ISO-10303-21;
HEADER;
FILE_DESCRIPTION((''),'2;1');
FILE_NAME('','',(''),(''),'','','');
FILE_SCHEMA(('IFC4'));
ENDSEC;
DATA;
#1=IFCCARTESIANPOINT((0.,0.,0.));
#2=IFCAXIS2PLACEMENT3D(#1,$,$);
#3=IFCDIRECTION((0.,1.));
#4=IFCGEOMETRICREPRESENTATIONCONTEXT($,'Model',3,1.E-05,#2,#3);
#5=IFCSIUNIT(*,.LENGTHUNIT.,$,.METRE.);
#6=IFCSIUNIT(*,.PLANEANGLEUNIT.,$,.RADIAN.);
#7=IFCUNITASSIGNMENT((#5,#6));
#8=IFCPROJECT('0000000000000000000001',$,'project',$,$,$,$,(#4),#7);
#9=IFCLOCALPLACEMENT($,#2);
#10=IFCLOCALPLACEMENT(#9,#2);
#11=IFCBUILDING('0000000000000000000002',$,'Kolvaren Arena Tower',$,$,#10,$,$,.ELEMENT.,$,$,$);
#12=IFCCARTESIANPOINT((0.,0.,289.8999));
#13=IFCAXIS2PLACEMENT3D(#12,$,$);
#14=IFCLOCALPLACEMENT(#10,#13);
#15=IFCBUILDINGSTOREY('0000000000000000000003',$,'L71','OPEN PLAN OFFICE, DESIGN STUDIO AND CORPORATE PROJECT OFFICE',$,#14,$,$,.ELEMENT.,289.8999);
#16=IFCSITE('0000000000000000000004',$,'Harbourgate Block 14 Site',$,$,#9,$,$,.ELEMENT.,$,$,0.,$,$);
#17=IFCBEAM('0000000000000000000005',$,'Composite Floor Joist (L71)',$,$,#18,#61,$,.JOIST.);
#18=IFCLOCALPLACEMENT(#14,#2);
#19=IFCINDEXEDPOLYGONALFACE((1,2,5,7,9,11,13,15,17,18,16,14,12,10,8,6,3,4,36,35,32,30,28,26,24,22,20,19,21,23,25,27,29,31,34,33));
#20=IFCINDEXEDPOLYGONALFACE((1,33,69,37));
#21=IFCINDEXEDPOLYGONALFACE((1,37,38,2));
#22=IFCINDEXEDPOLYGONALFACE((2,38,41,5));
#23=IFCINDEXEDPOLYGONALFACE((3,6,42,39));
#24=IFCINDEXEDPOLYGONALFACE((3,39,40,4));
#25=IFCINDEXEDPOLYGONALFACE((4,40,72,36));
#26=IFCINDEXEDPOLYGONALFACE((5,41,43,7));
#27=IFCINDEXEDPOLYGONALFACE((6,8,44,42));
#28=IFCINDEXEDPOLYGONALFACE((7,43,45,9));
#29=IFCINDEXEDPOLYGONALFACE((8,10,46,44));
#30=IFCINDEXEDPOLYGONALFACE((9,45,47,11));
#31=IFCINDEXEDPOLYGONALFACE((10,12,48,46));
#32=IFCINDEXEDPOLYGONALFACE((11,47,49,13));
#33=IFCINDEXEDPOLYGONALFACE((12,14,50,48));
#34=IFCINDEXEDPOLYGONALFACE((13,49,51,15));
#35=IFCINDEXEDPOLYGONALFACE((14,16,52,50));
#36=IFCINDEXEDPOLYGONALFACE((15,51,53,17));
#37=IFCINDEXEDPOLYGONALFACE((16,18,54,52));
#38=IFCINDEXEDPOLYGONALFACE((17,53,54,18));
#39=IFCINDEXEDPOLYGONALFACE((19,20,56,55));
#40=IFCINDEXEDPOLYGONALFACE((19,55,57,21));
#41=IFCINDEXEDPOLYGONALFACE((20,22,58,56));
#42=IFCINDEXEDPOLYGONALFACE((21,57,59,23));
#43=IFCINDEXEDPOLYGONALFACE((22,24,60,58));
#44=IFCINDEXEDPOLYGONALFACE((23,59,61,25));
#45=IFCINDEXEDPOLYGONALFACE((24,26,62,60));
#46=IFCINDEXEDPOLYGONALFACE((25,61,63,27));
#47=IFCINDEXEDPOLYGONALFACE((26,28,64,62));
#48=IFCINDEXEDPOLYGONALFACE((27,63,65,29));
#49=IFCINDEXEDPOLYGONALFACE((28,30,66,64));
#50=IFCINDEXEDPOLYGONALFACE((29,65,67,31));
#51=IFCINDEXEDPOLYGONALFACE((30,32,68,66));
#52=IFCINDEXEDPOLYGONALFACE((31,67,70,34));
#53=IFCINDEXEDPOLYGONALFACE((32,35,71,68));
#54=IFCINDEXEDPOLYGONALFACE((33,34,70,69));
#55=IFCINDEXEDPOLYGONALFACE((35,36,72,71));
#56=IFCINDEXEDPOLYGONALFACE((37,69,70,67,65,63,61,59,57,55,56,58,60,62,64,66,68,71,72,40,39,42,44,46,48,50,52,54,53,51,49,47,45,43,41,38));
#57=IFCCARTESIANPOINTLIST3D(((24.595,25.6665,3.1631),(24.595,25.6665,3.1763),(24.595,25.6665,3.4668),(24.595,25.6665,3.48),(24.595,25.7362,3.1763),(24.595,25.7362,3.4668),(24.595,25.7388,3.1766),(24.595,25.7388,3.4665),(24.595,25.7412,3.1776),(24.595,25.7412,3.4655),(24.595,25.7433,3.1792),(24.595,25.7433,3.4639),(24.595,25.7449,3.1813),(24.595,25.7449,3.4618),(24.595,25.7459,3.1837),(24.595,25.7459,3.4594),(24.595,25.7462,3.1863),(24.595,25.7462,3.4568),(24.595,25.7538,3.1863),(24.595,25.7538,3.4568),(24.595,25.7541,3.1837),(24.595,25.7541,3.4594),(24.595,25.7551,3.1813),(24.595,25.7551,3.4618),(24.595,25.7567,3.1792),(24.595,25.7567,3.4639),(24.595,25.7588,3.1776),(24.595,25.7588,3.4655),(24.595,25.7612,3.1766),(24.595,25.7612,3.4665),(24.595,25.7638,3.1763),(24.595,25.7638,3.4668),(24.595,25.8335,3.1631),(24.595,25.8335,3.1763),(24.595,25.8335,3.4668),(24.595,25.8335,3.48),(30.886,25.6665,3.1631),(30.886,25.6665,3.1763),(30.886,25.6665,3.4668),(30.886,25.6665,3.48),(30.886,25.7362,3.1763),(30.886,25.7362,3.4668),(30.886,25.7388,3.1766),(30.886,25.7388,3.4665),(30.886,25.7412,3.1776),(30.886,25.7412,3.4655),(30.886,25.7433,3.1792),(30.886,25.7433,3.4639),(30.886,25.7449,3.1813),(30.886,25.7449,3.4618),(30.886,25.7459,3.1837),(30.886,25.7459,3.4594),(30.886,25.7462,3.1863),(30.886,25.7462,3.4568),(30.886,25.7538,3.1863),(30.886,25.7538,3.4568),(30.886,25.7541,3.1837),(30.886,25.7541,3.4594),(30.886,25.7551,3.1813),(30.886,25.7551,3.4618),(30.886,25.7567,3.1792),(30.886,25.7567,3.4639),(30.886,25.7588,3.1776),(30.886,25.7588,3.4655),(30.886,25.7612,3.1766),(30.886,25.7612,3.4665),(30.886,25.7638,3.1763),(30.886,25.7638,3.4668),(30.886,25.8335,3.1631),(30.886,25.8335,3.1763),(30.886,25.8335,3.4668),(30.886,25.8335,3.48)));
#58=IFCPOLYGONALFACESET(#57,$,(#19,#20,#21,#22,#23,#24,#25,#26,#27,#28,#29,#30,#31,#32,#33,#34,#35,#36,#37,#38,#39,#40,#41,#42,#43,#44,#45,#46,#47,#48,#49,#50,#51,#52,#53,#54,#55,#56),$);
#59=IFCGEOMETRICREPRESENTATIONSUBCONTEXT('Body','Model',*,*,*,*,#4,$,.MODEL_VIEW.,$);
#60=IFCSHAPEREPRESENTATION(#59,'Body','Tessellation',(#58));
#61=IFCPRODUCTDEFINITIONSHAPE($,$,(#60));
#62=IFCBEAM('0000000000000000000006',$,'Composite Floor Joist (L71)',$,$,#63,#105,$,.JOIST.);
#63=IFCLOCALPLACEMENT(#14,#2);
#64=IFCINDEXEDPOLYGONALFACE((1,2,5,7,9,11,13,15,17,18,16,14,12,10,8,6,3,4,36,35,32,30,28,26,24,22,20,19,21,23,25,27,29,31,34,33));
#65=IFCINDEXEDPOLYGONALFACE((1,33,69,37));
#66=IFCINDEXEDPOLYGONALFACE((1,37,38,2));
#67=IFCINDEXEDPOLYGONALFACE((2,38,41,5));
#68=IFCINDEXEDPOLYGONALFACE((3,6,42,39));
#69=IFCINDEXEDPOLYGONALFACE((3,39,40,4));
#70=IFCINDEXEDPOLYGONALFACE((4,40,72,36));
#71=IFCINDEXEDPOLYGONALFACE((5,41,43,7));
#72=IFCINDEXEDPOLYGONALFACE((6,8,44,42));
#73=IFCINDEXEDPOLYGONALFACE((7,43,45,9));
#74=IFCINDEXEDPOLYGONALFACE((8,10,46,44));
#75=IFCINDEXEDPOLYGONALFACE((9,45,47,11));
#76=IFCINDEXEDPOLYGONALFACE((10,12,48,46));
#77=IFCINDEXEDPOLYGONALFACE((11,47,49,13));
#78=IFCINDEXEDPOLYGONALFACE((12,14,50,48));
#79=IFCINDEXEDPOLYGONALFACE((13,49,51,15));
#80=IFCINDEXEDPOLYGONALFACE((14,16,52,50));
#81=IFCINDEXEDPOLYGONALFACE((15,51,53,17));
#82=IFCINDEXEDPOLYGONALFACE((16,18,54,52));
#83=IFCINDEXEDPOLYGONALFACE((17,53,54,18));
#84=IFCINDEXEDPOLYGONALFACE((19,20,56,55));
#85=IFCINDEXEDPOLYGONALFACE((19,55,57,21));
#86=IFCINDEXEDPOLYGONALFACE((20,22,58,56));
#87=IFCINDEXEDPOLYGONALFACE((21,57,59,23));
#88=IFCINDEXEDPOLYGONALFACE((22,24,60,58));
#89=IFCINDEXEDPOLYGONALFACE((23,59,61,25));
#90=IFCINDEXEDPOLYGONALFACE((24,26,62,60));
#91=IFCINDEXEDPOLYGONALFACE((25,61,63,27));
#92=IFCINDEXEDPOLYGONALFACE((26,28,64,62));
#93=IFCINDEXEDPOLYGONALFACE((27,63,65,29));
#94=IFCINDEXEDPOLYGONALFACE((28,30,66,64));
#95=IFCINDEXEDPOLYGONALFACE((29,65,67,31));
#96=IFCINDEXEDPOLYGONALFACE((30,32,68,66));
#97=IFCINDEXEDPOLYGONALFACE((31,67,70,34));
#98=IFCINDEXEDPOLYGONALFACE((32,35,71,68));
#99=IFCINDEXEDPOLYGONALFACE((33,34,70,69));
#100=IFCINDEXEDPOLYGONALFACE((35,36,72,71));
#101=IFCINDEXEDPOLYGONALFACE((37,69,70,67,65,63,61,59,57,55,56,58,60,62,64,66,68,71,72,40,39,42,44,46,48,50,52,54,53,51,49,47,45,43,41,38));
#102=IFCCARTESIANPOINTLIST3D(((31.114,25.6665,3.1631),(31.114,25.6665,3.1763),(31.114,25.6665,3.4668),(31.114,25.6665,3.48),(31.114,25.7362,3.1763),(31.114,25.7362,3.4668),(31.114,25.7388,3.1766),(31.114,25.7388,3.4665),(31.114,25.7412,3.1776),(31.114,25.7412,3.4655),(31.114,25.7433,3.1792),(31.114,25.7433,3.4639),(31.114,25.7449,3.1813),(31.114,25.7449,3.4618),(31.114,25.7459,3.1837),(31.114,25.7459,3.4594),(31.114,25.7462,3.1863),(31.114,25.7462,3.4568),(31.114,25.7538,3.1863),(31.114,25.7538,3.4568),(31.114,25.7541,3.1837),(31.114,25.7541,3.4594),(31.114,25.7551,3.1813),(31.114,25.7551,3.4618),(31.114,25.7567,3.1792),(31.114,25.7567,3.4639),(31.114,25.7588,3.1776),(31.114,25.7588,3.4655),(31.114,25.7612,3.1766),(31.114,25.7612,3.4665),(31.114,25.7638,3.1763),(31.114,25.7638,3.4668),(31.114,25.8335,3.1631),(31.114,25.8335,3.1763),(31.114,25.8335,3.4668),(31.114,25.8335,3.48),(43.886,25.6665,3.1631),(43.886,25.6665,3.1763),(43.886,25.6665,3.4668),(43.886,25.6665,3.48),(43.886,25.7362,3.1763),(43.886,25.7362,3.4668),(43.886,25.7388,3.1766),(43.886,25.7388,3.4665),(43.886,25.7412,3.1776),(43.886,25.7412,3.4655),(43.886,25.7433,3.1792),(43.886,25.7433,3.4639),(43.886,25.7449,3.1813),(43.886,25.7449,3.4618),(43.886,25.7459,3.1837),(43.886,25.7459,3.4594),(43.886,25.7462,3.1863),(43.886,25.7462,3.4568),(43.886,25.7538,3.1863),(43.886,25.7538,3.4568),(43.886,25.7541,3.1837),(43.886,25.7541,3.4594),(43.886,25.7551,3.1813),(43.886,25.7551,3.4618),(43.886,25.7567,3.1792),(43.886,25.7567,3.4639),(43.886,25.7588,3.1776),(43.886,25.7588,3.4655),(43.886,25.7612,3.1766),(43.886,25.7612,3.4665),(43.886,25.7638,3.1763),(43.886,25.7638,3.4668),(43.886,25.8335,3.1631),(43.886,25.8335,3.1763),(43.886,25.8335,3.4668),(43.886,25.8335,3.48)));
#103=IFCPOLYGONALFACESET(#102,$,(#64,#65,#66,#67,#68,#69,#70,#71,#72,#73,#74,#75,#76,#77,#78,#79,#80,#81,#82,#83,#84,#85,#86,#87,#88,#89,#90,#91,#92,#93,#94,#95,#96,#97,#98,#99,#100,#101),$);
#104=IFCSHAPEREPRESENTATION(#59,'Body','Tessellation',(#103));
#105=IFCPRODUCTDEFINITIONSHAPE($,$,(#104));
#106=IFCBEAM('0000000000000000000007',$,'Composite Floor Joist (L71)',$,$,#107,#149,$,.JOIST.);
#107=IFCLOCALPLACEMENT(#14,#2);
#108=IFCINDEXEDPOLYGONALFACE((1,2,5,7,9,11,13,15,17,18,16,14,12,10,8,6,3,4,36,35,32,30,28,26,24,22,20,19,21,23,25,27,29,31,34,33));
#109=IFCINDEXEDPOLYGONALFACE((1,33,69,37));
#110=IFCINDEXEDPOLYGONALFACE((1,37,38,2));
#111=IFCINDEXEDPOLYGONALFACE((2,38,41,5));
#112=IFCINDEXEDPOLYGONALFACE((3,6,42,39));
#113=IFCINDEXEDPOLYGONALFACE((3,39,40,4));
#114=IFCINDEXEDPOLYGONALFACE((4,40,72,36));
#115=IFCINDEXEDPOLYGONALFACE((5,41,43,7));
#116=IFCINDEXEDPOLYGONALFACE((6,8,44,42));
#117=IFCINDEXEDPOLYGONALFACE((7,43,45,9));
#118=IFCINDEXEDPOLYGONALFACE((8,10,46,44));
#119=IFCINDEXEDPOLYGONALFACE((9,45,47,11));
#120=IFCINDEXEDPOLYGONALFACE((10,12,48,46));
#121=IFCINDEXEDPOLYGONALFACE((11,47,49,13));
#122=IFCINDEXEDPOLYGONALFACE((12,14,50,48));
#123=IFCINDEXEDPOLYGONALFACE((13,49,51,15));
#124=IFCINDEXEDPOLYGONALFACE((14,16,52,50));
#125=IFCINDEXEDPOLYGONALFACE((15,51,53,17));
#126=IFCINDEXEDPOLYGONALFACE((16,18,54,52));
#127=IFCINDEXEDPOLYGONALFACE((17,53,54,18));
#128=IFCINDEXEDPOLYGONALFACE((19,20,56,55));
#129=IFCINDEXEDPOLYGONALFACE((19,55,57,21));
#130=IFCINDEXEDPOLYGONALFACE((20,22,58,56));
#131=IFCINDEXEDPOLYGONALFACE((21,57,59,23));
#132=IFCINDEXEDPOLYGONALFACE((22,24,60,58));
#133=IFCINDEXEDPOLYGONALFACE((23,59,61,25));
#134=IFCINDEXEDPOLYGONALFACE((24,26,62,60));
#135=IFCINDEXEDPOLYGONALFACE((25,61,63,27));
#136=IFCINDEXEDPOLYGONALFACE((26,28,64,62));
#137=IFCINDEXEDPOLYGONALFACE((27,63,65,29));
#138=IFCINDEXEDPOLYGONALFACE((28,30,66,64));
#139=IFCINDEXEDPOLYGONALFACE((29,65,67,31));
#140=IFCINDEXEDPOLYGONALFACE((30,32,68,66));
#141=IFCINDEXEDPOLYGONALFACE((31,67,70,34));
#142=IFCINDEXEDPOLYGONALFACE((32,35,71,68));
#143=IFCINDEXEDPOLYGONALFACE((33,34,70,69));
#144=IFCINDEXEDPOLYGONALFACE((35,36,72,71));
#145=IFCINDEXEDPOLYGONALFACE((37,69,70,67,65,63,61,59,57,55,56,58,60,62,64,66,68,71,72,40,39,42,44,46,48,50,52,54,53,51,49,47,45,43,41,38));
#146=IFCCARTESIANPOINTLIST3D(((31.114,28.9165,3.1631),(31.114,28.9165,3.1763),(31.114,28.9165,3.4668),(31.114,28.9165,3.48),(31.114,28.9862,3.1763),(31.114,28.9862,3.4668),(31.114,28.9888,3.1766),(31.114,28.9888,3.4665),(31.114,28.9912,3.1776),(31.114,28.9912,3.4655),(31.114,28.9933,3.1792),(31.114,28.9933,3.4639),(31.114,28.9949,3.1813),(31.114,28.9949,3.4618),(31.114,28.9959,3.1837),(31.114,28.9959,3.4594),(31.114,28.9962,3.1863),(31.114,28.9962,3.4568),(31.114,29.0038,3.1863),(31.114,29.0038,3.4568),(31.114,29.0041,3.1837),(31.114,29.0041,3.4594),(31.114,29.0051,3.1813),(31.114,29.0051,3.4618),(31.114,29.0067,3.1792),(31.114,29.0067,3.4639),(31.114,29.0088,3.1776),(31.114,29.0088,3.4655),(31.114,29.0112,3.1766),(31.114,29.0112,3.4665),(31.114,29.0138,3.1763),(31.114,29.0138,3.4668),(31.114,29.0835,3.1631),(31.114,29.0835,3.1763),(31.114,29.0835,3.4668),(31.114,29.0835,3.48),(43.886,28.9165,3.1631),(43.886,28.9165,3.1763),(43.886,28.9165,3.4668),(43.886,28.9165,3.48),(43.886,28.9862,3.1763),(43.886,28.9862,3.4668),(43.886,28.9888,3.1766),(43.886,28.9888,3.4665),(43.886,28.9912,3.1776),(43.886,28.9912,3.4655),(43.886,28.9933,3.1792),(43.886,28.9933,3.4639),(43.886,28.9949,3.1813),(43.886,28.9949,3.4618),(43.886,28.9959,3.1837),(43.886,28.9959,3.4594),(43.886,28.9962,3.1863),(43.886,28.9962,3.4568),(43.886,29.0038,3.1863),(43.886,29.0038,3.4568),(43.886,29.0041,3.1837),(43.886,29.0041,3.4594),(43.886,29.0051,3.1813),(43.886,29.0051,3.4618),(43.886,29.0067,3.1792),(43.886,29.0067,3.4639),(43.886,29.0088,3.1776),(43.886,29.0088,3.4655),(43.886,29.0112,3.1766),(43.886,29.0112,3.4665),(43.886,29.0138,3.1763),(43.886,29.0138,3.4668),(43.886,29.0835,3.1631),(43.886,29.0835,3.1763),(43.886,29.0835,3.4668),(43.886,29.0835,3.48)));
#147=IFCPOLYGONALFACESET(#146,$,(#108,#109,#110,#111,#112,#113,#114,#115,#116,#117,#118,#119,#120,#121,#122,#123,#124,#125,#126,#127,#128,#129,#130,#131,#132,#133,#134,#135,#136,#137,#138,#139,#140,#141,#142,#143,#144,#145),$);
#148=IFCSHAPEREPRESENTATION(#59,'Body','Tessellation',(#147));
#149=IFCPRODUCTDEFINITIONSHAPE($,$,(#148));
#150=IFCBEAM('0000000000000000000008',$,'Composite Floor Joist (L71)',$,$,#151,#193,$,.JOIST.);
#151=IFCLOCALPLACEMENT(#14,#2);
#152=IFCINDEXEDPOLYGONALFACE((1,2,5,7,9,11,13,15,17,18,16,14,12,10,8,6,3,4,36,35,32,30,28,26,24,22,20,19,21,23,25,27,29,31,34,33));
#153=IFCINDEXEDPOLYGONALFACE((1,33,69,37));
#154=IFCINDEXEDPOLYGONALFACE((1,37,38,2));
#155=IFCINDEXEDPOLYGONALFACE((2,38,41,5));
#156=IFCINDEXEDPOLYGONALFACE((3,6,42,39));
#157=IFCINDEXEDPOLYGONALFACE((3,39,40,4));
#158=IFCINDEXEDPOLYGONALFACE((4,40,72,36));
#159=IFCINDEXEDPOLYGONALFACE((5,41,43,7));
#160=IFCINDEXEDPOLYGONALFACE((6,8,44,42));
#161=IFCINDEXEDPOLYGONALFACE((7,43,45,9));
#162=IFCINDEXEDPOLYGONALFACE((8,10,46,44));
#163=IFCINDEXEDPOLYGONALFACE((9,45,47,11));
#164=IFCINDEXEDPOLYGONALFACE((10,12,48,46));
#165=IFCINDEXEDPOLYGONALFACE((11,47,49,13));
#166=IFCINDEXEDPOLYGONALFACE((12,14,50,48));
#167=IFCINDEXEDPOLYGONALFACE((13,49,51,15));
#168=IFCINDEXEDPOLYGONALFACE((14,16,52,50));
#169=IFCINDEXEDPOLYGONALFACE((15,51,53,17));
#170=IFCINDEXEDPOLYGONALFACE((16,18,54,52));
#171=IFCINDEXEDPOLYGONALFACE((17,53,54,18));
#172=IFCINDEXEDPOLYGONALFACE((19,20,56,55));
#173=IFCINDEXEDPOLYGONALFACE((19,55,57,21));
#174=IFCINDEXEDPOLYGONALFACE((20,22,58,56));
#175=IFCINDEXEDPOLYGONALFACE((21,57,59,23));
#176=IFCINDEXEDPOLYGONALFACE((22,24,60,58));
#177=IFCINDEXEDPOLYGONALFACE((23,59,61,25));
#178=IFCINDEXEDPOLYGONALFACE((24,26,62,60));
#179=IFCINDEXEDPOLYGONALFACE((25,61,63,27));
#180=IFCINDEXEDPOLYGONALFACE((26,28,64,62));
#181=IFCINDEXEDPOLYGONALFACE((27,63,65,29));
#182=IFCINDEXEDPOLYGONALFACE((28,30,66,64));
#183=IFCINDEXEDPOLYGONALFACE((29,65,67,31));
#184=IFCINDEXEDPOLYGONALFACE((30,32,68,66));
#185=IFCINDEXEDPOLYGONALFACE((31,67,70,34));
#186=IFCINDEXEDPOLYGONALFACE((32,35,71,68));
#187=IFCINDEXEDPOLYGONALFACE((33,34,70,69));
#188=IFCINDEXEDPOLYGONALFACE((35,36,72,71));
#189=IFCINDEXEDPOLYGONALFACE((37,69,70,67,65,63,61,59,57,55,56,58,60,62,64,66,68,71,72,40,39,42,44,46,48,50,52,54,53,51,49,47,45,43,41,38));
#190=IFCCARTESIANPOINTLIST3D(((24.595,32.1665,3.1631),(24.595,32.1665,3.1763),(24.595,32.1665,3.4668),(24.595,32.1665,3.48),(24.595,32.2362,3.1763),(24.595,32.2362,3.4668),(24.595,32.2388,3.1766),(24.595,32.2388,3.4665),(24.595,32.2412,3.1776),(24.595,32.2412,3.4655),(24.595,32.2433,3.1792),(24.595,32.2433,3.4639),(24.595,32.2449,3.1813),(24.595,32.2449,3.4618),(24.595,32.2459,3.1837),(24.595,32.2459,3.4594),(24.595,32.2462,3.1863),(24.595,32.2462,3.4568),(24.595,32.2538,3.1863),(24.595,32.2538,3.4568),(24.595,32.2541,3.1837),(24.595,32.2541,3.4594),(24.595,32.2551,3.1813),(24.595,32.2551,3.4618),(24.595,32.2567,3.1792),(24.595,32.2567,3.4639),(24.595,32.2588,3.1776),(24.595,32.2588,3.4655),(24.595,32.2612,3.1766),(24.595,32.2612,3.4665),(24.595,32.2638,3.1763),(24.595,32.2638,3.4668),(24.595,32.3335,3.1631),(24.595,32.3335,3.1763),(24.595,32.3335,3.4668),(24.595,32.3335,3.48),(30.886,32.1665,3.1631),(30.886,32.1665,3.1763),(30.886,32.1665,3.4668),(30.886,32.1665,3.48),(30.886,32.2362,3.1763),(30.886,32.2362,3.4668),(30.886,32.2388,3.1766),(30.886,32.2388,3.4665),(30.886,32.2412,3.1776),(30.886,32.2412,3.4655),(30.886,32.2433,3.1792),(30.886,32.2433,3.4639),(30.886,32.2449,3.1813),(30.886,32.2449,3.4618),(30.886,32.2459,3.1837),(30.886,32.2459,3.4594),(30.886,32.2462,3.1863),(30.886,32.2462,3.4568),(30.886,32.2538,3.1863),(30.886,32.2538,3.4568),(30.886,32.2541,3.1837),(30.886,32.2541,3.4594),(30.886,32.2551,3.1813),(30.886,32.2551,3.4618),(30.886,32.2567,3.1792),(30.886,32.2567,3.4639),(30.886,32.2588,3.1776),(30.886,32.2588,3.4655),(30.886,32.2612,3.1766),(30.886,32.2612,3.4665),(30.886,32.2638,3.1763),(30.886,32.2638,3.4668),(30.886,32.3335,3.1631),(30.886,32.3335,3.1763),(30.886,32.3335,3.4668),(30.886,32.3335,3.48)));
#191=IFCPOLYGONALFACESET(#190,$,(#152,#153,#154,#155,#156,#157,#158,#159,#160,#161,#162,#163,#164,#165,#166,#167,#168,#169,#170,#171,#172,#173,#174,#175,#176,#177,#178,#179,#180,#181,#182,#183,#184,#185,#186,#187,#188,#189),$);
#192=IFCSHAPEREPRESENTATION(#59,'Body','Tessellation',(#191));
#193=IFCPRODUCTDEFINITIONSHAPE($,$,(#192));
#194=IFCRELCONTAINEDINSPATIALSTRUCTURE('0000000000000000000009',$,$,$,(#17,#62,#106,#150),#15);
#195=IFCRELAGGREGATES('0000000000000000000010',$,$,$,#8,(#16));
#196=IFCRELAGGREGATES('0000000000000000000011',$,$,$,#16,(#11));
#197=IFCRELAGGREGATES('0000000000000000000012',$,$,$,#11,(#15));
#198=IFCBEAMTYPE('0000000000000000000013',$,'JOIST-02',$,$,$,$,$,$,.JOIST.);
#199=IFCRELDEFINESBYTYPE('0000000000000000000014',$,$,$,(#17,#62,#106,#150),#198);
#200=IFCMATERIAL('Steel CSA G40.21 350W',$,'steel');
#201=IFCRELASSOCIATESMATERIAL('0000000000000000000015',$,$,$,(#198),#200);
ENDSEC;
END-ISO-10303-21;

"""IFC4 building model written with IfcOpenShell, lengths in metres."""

from ifc_helpers import new_model, si_unit, direction, frame, origin, origin_2d, place, context, subcontext, project, spatial, i_section, extrude, material, material_profile, profile_set, type_object, element, save


model = new_model("IFC4")

# Units and contexts
model_context = context("Model", 3, precision=1e-05, world=origin(), true_north=direction((0.0, 1.0)))
body_context = subcontext(model_context, "Body", "Model", "MODEL_VIEW")
ifc_project = project(units=[si_unit("LENGTHUNIT", "METRE"), si_unit("PLANEANGLEUNIT", "RADIAN")], contexts=[model_context])

# Site, building, storey
site_placement = place(None, origin())
site = spatial("IfcSite", under=ifc_project, at=site_placement, Name="Harbourgate Block 14 Site", CompositionType="ELEMENT", RefElevation=0.0)
building_placement = place(site_placement, origin())
building = spatial("IfcBuilding", under=site, at=building_placement, Name="Kolvaren Arena Tower", CompositionType="ELEMENT")
storey_placement = place(building_placement, frame((0.0, 0.0, 289.8999)))
storey = spatial("IfcBuildingStorey", under=building, at=storey_placement, Name="L71", Description="OPEN PLAN OFFICE, DESIGN STUDIO AND CORPORATE PROJECT OFFICE", CompositionType="ELEMENT", Elevation=289.8999)

# Beams
ifc_material_1 = material(Name="Steel CSA G40.21 350W", Category="steel")
ifc_material_profile_1 = material_profile(ifc_material_1, i_section(OverallWidth=0.167, OverallDepth=0.3169, WebThickness=0.0076, FlangeThickness=0.0132, FilletRadius=0.01, at=origin_2d()), Name="W310x52")
ifc_profile_set_1 = profile_set([ifc_material_profile_1], Name="Steel CSA G40.21 350W")
beam_type_1 = type_object("IfcBeamType", Name="JOIST-02", PredefinedType="JOIST", material=ifc_profile_set_1)
beam_1_placement = place(storey_placement, frame((24.595, 25.75, 3.3215), z_axis=(1.0, 0.0, 0.0), x_axis=(0.0, 1.0, 0.0)))
element("IfcBeam", 1, at=beam_1_placement, inside=storey, type_object=beam_type_1, Name="Composite Floor Joist (L71)", PredefinedType="JOIST", context=body_context, shape_type="SweptSolid", body=[
    extrude(i_section(OverallWidth=0.167, OverallDepth=0.3169, WebThickness=0.0076, FlangeThickness=0.0132, FilletRadius=0.01, at=origin_2d()), origin(), (0.0, 0.0, 1.0), 6.291),
])
for number, where, z_axis, x_axis, name in (
    (2, (31.114, 25.75, 3.3215), (1.0, 0.0, 0.0), (0.0, 1.0, 0.0), "Composite Floor Joist (L71)"),
    (3, (31.114, 29.0, 3.3215), (1.0, 0.0, 0.0), (0.0, 1.0, 0.0), "Composite Floor Joist (L71)"),
):
    element("IfcBeam", number, at=place(storey_placement, frame(where, z_axis=z_axis, x_axis=x_axis)), inside=storey, type_object=beam_type_1, Name=name, PredefinedType="JOIST", context=body_context, shape_type="SweptSolid", body=[
        extrude(i_section(OverallWidth=0.167, OverallDepth=0.3169, WebThickness=0.0076, FlangeThickness=0.0132, FilletRadius=0.01, at=origin_2d()), origin(), (0.0, 0.0, 1.0), 12.772),
    ])
beam_2_placement = place(storey_placement, frame((24.595, 32.25, 3.3215), z_axis=(1.0, 0.0, 0.0), x_axis=(0.0, 1.0, 0.0)))
element("IfcBeam", 4, at=beam_2_placement, inside=storey, type_object=beam_type_1, Name="Composite Floor Joist (L71)", PredefinedType="JOIST", context=body_context, shape_type="SweptSolid", body=[
    extrude(i_section(OverallWidth=0.167, OverallDepth=0.3169, WebThickness=0.0076, FlangeThickness=0.0132, FilletRadius=0.01, at=origin_2d()), origin(), (0.0, 0.0, 1.0), 6.291),
])

save(model, "model.ifc")
